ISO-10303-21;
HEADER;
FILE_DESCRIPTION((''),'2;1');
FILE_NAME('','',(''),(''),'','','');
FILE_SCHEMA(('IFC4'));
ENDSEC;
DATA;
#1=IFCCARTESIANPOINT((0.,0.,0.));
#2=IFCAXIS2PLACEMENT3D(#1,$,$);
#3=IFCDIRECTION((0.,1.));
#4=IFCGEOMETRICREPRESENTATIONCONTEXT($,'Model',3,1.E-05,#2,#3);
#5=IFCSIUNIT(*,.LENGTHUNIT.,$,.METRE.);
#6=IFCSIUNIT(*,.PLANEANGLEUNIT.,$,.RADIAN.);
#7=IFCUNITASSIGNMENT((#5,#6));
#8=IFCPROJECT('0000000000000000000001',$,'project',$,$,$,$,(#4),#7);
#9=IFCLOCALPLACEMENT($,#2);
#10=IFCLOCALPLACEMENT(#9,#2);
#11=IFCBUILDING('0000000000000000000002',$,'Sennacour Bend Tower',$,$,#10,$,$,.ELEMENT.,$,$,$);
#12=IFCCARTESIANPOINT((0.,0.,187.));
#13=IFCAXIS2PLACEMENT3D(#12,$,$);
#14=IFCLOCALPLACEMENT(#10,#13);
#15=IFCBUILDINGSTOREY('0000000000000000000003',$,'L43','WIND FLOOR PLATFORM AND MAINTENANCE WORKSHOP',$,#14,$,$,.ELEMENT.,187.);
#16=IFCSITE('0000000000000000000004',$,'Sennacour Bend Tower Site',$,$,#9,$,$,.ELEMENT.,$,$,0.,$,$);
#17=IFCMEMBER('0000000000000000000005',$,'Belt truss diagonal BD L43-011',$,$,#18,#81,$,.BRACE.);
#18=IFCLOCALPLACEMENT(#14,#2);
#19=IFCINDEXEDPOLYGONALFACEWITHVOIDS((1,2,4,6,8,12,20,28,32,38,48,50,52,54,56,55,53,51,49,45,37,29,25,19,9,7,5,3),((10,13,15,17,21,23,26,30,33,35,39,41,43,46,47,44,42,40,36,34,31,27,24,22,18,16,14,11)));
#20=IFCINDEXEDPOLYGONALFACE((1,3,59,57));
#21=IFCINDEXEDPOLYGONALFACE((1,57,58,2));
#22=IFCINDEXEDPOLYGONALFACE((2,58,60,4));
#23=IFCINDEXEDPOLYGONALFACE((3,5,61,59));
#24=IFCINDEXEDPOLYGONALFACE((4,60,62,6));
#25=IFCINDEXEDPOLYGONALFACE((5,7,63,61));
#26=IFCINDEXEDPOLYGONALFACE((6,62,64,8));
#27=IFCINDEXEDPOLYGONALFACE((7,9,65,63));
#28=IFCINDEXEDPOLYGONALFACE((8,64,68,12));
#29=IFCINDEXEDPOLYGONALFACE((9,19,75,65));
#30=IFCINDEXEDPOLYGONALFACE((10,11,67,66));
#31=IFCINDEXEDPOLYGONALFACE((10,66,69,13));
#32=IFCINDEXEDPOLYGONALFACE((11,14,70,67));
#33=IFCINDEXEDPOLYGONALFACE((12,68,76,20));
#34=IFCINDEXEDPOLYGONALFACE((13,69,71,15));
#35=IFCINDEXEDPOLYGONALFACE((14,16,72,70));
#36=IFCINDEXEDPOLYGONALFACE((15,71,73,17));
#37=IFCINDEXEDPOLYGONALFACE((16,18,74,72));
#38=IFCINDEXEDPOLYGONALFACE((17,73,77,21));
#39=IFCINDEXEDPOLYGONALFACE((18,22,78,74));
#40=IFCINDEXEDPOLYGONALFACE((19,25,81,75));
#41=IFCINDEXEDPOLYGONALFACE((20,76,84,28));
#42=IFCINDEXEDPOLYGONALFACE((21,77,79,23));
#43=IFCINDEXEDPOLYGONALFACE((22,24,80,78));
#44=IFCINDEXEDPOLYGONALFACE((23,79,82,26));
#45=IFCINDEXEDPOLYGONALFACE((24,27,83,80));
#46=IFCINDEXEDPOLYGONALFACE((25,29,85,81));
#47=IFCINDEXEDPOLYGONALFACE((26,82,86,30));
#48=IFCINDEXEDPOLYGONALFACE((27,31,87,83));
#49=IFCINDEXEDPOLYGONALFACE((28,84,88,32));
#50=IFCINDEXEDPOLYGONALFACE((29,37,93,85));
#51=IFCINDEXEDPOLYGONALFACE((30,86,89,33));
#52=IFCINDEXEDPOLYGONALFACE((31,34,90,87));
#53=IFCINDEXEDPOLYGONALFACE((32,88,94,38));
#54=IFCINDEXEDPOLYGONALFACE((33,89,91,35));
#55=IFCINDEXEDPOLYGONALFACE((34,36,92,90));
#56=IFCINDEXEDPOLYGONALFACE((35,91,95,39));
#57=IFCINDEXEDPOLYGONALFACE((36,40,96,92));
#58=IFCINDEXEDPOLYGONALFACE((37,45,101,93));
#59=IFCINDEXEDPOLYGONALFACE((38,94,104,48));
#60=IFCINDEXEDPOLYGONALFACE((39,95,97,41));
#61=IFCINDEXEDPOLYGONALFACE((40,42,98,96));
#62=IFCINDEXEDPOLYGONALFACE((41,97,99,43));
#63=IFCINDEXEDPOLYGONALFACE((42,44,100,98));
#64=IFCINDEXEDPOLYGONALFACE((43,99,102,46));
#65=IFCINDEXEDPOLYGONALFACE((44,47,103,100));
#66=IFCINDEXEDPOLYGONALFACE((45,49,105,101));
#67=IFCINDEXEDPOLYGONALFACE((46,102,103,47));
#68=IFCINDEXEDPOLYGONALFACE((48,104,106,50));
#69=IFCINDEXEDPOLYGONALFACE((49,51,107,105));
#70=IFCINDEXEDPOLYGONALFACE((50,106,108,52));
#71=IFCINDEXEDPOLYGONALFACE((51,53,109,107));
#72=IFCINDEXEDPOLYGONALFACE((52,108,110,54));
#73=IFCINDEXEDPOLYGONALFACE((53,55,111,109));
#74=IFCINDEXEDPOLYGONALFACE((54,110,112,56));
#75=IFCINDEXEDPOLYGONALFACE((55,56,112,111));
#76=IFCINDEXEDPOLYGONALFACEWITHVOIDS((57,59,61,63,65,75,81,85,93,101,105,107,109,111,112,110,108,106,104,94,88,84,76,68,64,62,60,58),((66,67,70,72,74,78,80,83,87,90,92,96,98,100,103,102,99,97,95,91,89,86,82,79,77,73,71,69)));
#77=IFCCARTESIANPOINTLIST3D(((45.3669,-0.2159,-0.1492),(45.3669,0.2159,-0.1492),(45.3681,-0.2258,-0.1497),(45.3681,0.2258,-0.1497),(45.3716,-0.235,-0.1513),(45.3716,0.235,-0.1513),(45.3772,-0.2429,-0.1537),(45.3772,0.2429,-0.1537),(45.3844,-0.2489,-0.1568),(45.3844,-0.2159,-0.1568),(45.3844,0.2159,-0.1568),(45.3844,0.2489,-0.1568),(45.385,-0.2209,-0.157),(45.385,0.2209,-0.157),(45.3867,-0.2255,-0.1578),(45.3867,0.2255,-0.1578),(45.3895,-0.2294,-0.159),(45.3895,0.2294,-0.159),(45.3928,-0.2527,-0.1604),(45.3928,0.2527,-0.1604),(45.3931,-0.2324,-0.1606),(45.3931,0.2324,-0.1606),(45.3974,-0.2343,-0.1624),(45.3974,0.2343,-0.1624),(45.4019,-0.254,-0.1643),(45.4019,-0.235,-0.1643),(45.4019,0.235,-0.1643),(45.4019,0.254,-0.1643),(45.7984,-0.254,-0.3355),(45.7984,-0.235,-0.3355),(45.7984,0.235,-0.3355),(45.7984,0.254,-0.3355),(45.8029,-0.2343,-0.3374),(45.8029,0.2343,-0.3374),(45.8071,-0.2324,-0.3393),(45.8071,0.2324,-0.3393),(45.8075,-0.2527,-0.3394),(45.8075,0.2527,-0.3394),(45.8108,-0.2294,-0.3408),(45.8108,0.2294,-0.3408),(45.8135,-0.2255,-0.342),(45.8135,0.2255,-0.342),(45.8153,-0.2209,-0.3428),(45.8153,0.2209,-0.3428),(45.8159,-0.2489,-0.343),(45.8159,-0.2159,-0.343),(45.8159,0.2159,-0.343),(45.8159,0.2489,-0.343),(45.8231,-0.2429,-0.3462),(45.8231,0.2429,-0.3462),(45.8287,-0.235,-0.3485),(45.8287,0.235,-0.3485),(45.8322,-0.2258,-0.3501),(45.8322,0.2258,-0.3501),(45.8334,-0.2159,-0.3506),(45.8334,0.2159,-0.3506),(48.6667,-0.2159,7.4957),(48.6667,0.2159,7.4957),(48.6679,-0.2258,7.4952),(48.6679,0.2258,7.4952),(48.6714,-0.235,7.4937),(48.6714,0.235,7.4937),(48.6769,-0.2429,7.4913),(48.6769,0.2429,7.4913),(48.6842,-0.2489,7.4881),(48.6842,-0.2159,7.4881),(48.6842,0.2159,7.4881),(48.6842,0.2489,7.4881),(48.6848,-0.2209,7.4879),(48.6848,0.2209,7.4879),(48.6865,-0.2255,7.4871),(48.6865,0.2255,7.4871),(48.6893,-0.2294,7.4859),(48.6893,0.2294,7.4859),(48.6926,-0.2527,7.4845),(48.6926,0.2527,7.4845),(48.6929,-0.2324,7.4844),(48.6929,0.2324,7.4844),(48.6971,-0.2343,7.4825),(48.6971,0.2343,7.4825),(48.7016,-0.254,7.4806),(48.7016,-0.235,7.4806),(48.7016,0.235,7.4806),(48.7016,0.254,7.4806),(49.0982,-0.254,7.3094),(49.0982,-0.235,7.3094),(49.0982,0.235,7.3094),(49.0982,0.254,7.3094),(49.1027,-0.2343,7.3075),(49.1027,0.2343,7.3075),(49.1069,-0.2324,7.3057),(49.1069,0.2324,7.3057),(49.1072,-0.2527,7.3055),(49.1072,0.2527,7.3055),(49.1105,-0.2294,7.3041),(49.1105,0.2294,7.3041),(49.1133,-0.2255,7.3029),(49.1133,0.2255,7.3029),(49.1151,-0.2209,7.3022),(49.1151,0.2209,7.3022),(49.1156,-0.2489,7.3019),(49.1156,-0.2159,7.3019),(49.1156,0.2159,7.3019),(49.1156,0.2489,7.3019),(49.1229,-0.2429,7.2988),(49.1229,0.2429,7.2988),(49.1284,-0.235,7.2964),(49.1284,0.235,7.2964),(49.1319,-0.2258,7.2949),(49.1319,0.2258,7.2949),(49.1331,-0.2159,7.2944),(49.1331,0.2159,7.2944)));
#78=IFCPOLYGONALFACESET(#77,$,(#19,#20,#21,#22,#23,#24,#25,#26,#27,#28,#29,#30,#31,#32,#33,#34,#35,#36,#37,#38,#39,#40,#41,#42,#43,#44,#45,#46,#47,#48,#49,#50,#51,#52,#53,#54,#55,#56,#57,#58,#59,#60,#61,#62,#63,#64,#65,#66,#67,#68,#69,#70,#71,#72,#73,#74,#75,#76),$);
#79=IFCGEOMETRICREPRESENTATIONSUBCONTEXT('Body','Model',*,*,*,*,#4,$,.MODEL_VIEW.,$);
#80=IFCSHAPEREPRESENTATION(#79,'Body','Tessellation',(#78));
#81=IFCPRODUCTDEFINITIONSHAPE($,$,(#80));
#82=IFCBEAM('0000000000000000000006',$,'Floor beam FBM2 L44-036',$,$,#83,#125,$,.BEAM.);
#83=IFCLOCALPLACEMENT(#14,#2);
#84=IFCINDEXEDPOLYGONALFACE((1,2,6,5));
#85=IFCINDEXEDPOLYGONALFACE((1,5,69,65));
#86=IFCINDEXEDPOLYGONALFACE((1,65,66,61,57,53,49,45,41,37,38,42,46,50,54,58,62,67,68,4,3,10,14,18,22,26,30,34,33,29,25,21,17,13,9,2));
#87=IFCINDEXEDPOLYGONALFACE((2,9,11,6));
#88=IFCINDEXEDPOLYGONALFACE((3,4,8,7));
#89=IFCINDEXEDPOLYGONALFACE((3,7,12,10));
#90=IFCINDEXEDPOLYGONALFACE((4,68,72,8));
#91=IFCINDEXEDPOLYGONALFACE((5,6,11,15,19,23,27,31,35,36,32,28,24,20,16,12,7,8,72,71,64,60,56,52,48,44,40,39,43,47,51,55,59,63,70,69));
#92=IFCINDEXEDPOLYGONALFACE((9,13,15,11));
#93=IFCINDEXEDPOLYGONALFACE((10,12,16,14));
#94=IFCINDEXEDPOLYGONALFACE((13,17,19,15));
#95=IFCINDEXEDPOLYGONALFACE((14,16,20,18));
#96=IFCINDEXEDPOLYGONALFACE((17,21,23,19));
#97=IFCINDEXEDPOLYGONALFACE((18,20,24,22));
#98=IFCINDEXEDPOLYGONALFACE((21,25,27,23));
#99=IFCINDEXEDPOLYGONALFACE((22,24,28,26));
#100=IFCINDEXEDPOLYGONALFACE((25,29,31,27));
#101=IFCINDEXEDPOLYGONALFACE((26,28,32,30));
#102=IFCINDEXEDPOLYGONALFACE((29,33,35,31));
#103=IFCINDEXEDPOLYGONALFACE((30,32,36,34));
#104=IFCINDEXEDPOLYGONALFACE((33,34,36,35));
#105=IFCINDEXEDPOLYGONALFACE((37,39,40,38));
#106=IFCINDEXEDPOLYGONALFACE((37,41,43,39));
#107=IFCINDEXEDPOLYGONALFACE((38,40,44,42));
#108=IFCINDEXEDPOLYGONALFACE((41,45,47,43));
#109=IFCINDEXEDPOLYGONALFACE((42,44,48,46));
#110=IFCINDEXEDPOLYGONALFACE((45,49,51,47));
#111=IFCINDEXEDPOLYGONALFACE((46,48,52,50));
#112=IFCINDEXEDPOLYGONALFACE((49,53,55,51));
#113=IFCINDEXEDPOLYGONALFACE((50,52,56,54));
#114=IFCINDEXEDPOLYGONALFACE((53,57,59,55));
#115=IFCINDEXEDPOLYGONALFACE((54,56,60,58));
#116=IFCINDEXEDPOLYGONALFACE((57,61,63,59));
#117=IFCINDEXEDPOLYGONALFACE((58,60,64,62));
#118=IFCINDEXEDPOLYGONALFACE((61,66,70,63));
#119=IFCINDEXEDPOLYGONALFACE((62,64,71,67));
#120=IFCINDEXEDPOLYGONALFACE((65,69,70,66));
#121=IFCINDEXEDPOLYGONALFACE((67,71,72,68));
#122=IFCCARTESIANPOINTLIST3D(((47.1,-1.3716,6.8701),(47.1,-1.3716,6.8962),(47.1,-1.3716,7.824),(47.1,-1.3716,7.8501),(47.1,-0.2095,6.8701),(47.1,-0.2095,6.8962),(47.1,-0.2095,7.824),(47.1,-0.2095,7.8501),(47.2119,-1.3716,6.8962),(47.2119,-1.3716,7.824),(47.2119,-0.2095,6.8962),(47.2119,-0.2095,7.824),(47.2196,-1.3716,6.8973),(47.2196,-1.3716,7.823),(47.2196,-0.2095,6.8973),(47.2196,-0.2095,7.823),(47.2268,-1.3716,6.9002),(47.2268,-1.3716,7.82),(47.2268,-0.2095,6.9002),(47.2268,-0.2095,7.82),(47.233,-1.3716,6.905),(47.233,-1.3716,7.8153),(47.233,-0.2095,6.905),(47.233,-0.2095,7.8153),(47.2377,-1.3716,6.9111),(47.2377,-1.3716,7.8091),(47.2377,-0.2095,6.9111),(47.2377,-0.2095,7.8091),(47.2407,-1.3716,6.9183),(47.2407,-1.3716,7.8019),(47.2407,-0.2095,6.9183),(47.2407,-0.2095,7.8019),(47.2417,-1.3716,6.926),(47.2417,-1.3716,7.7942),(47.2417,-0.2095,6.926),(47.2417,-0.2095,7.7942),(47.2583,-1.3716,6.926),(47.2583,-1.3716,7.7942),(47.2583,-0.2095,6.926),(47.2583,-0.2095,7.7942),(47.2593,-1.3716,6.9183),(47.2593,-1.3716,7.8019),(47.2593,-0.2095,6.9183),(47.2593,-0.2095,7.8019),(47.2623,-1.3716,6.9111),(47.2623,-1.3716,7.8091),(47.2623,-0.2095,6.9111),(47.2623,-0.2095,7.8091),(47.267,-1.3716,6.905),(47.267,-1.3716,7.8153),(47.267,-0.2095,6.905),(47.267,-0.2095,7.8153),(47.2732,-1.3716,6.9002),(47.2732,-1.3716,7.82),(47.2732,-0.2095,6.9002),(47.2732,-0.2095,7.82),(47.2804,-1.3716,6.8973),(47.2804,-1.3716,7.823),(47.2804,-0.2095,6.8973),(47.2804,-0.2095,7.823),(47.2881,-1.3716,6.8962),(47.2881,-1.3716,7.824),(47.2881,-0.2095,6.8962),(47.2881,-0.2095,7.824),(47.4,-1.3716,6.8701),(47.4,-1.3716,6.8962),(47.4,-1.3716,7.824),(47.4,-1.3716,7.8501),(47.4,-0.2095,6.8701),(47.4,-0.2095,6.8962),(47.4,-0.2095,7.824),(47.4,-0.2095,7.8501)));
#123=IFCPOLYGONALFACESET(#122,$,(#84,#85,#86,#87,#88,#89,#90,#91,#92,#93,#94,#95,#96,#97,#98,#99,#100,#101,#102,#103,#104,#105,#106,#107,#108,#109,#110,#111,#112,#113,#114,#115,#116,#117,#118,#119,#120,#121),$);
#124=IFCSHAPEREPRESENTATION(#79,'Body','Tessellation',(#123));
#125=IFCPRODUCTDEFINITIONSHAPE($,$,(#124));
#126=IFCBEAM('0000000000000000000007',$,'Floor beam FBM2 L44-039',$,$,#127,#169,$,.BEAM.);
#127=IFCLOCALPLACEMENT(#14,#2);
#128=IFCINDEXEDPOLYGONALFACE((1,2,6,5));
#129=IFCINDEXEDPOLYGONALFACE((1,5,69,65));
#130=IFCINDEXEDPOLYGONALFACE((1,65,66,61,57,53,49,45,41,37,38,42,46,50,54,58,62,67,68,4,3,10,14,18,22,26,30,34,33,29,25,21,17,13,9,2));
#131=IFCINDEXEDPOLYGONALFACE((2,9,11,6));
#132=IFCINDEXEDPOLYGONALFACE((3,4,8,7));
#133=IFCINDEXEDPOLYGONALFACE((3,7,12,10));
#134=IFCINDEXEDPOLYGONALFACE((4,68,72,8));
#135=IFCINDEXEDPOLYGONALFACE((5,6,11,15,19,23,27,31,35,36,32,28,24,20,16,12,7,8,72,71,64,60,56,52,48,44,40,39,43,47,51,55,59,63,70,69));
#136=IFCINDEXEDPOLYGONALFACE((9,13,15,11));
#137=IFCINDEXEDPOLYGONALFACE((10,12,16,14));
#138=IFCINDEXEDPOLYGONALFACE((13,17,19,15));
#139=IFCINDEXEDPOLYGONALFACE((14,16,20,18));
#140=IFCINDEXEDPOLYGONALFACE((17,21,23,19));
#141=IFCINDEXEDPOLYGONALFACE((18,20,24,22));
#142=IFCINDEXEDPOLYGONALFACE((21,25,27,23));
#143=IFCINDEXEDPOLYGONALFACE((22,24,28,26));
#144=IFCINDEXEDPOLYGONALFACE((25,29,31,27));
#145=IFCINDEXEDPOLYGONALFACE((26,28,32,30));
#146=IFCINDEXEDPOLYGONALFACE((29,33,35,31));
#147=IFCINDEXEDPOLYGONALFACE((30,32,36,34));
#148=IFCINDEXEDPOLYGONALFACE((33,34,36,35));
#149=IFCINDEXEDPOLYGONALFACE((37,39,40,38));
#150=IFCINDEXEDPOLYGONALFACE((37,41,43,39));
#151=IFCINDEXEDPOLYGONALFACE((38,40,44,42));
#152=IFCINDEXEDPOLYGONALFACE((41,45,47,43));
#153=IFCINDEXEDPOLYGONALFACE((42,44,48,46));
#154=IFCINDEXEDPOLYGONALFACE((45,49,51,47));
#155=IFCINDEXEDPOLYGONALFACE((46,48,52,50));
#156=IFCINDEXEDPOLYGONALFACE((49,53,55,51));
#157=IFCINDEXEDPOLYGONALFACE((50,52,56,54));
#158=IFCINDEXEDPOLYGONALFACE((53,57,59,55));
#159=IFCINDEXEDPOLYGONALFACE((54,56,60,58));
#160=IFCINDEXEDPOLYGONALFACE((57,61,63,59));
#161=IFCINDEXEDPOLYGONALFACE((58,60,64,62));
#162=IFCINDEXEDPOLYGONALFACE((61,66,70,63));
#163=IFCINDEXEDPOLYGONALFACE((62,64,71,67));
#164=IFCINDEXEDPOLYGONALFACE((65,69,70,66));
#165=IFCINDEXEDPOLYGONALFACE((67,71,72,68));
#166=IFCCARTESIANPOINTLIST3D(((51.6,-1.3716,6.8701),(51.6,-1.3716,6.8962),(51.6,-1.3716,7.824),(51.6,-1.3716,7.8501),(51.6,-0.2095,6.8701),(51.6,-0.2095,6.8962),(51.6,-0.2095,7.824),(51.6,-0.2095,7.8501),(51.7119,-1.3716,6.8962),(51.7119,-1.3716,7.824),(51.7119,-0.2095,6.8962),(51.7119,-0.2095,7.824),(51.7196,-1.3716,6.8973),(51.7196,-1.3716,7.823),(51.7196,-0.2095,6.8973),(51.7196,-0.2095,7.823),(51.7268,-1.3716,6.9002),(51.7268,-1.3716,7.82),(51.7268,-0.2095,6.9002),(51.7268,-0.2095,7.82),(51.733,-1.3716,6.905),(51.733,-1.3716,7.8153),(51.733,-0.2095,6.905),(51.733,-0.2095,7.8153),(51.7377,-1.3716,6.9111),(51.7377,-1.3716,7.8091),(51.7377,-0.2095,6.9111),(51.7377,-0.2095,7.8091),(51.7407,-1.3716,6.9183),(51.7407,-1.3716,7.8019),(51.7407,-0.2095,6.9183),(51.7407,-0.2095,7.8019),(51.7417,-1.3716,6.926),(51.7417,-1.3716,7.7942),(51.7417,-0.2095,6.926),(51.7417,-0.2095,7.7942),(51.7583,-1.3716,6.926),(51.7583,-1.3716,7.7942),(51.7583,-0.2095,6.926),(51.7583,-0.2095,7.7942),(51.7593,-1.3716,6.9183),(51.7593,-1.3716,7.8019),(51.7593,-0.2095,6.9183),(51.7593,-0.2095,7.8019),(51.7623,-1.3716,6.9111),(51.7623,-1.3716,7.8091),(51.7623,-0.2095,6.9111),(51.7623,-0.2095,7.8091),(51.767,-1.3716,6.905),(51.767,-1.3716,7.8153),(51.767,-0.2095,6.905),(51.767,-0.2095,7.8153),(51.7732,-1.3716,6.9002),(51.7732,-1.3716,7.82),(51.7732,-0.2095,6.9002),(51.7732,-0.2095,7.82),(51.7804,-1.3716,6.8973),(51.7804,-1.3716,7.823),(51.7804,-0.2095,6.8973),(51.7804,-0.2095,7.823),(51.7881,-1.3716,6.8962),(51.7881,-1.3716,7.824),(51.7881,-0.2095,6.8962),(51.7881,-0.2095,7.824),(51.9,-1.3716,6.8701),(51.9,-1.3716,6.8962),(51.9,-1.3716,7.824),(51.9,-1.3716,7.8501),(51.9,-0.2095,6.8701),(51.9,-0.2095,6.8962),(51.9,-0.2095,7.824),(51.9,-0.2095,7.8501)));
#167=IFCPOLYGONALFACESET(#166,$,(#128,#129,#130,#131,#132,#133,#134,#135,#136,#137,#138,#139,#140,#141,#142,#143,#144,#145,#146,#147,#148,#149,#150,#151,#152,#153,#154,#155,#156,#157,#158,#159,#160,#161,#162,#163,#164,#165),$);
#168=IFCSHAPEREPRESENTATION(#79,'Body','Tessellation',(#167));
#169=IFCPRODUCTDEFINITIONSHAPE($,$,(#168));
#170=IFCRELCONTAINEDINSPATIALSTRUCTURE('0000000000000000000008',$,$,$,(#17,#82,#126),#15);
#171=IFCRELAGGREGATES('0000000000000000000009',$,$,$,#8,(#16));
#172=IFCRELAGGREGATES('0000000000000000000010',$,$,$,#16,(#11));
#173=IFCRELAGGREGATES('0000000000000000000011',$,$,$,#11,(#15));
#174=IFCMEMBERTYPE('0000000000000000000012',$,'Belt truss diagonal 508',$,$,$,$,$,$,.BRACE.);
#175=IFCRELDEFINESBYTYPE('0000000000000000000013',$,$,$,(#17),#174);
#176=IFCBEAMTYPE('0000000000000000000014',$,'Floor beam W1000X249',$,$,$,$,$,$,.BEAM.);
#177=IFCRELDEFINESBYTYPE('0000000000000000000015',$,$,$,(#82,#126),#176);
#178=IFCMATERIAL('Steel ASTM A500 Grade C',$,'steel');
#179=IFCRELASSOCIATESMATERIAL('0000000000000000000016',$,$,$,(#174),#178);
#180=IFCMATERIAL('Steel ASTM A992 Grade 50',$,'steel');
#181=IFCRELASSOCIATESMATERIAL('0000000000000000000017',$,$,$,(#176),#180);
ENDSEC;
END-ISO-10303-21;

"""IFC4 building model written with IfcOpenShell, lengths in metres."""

from ifc_helpers import new_model, si_unit, direction, frame, origin, origin_2d, place, context, subcontext, project, spatial, hollow_rectangle, i_section, extrude, material, material_profile, profile_set, type_object, element, save


model = new_model("IFC4")

# Units and contexts
model_context = context("Model", 3, precision=1e-05, world=origin(), true_north=direction((0.0, 1.0)))
body_context = subcontext(model_context, "Body", "Model", "MODEL_VIEW")
ifc_project = project(units=[si_unit("LENGTHUNIT", "METRE"), si_unit("PLANEANGLEUNIT", "RADIAN")], contexts=[model_context])

# Site, building, storey
site_placement = place(None, origin())
site = spatial("IfcSite", under=ifc_project, at=site_placement, Name="Sennacour Bend Tower Site", CompositionType="ELEMENT", RefElevation=0.0)
building_placement = place(site_placement, origin())
building = spatial("IfcBuilding", under=site, at=building_placement, Name="Sennacour Bend Tower", CompositionType="ELEMENT")
storey_placement = place(building_placement, frame((0.0, 0.0, 187.0)))
storey = spatial("IfcBuildingStorey", under=building, at=storey_placement, Name="L43", Description="WIND FLOOR PLATFORM AND MAINTENANCE WORKSHOP", CompositionType="ELEMENT", Elevation=187.0)

# Member
ifc_material_1 = material(Name="Steel ASTM A992 Grade 50", Category="steel")
ifc_material_2 = material(Name="Steel ASTM A500 Grade C", Category="steel")
ifc_material_profile_1 = material_profile(ifc_material_2, hollow_rectangle(XDim=0.5081, YDim=0.5081, WallThickness=0.019, InnerFilletRadius=0.019, OuterFilletRadius=0.0381, at=origin_2d()), Name="Steel ASTM A500 Grade C", Category="steel")
ifc_profile_set_1 = profile_set([ifc_material_profile_1], Name="Steel ASTM A500 Grade C")
member_type_1 = type_object("IfcMemberType", Name="Belt truss diagonal 508", PredefinedType="BRACE", material=ifc_profile_set_1)
member_1_placement = place(storey_placement, frame((48.8999, 0.0, 7.395), z_axis=(-0.396289, 0.0, -0.918126), x_axis=(0.0, -1.0, 0.0)))
element("IfcMember", 1, at=member_1_placement, inside=storey, type_object=member_type_1, Name="Belt truss diagonal BD L43-011", PredefinedType="BRACE", context=body_context, shape_type="SweptSolid", body=[
    extrude(hollow_rectangle(XDim=0.5081, YDim=0.5081, WallThickness=0.019, InnerFilletRadius=0.019, OuterFilletRadius=0.0381, at=origin_2d()), origin(), (0.0, 0.0, 1.0), 8.3267),
])

# Beams
ifc_material_profile_2 = material_profile(ifc_material_1, i_section(OverallWidth=0.3, OverallDepth=0.98, WebThickness=0.0166, FlangeThickness=0.0261, FilletRadius=0.0298, at=origin_2d()), Name="Steel ASTM A992 Grade 50", Category="steel")
ifc_profile_set_2 = profile_set([ifc_material_profile_2], Name="Steel ASTM A992 Grade 50")
beam_type_1 = type_object("IfcBeamType", Name="Floor beam W1000X249", PredefinedType="BEAM", material=ifc_profile_set_2)
for number, where, z_axis, x_axis, name in (
    (2, (47.25, -1.3716, 7.3601), (0.0, 1.0, 0.0), (-1.0, 0.0, 0.0), "Floor beam FBM2 L44-036"),
    (3, (51.75, -1.3716, 7.3601), (0.0, 1.0, 0.0), (-1.0, 0.0, 0.0), "Floor beam FBM2 L44-039"),
):
    element("IfcBeam", number, at=place(storey_placement, frame(where, z_axis=z_axis, x_axis=x_axis)), inside=storey, type_object=beam_type_1, Name=name, PredefinedType="BEAM", context=body_context, shape_type="SweptSolid", body=[
        extrude(i_section(OverallWidth=0.3, OverallDepth=0.98, WebThickness=0.0166, FlangeThickness=0.0261, FilletRadius=0.0298, at=origin_2d()), origin(), (0.0, 0.0, 1.0), 1.1621),
    ])

save(model, "model.ifc")
